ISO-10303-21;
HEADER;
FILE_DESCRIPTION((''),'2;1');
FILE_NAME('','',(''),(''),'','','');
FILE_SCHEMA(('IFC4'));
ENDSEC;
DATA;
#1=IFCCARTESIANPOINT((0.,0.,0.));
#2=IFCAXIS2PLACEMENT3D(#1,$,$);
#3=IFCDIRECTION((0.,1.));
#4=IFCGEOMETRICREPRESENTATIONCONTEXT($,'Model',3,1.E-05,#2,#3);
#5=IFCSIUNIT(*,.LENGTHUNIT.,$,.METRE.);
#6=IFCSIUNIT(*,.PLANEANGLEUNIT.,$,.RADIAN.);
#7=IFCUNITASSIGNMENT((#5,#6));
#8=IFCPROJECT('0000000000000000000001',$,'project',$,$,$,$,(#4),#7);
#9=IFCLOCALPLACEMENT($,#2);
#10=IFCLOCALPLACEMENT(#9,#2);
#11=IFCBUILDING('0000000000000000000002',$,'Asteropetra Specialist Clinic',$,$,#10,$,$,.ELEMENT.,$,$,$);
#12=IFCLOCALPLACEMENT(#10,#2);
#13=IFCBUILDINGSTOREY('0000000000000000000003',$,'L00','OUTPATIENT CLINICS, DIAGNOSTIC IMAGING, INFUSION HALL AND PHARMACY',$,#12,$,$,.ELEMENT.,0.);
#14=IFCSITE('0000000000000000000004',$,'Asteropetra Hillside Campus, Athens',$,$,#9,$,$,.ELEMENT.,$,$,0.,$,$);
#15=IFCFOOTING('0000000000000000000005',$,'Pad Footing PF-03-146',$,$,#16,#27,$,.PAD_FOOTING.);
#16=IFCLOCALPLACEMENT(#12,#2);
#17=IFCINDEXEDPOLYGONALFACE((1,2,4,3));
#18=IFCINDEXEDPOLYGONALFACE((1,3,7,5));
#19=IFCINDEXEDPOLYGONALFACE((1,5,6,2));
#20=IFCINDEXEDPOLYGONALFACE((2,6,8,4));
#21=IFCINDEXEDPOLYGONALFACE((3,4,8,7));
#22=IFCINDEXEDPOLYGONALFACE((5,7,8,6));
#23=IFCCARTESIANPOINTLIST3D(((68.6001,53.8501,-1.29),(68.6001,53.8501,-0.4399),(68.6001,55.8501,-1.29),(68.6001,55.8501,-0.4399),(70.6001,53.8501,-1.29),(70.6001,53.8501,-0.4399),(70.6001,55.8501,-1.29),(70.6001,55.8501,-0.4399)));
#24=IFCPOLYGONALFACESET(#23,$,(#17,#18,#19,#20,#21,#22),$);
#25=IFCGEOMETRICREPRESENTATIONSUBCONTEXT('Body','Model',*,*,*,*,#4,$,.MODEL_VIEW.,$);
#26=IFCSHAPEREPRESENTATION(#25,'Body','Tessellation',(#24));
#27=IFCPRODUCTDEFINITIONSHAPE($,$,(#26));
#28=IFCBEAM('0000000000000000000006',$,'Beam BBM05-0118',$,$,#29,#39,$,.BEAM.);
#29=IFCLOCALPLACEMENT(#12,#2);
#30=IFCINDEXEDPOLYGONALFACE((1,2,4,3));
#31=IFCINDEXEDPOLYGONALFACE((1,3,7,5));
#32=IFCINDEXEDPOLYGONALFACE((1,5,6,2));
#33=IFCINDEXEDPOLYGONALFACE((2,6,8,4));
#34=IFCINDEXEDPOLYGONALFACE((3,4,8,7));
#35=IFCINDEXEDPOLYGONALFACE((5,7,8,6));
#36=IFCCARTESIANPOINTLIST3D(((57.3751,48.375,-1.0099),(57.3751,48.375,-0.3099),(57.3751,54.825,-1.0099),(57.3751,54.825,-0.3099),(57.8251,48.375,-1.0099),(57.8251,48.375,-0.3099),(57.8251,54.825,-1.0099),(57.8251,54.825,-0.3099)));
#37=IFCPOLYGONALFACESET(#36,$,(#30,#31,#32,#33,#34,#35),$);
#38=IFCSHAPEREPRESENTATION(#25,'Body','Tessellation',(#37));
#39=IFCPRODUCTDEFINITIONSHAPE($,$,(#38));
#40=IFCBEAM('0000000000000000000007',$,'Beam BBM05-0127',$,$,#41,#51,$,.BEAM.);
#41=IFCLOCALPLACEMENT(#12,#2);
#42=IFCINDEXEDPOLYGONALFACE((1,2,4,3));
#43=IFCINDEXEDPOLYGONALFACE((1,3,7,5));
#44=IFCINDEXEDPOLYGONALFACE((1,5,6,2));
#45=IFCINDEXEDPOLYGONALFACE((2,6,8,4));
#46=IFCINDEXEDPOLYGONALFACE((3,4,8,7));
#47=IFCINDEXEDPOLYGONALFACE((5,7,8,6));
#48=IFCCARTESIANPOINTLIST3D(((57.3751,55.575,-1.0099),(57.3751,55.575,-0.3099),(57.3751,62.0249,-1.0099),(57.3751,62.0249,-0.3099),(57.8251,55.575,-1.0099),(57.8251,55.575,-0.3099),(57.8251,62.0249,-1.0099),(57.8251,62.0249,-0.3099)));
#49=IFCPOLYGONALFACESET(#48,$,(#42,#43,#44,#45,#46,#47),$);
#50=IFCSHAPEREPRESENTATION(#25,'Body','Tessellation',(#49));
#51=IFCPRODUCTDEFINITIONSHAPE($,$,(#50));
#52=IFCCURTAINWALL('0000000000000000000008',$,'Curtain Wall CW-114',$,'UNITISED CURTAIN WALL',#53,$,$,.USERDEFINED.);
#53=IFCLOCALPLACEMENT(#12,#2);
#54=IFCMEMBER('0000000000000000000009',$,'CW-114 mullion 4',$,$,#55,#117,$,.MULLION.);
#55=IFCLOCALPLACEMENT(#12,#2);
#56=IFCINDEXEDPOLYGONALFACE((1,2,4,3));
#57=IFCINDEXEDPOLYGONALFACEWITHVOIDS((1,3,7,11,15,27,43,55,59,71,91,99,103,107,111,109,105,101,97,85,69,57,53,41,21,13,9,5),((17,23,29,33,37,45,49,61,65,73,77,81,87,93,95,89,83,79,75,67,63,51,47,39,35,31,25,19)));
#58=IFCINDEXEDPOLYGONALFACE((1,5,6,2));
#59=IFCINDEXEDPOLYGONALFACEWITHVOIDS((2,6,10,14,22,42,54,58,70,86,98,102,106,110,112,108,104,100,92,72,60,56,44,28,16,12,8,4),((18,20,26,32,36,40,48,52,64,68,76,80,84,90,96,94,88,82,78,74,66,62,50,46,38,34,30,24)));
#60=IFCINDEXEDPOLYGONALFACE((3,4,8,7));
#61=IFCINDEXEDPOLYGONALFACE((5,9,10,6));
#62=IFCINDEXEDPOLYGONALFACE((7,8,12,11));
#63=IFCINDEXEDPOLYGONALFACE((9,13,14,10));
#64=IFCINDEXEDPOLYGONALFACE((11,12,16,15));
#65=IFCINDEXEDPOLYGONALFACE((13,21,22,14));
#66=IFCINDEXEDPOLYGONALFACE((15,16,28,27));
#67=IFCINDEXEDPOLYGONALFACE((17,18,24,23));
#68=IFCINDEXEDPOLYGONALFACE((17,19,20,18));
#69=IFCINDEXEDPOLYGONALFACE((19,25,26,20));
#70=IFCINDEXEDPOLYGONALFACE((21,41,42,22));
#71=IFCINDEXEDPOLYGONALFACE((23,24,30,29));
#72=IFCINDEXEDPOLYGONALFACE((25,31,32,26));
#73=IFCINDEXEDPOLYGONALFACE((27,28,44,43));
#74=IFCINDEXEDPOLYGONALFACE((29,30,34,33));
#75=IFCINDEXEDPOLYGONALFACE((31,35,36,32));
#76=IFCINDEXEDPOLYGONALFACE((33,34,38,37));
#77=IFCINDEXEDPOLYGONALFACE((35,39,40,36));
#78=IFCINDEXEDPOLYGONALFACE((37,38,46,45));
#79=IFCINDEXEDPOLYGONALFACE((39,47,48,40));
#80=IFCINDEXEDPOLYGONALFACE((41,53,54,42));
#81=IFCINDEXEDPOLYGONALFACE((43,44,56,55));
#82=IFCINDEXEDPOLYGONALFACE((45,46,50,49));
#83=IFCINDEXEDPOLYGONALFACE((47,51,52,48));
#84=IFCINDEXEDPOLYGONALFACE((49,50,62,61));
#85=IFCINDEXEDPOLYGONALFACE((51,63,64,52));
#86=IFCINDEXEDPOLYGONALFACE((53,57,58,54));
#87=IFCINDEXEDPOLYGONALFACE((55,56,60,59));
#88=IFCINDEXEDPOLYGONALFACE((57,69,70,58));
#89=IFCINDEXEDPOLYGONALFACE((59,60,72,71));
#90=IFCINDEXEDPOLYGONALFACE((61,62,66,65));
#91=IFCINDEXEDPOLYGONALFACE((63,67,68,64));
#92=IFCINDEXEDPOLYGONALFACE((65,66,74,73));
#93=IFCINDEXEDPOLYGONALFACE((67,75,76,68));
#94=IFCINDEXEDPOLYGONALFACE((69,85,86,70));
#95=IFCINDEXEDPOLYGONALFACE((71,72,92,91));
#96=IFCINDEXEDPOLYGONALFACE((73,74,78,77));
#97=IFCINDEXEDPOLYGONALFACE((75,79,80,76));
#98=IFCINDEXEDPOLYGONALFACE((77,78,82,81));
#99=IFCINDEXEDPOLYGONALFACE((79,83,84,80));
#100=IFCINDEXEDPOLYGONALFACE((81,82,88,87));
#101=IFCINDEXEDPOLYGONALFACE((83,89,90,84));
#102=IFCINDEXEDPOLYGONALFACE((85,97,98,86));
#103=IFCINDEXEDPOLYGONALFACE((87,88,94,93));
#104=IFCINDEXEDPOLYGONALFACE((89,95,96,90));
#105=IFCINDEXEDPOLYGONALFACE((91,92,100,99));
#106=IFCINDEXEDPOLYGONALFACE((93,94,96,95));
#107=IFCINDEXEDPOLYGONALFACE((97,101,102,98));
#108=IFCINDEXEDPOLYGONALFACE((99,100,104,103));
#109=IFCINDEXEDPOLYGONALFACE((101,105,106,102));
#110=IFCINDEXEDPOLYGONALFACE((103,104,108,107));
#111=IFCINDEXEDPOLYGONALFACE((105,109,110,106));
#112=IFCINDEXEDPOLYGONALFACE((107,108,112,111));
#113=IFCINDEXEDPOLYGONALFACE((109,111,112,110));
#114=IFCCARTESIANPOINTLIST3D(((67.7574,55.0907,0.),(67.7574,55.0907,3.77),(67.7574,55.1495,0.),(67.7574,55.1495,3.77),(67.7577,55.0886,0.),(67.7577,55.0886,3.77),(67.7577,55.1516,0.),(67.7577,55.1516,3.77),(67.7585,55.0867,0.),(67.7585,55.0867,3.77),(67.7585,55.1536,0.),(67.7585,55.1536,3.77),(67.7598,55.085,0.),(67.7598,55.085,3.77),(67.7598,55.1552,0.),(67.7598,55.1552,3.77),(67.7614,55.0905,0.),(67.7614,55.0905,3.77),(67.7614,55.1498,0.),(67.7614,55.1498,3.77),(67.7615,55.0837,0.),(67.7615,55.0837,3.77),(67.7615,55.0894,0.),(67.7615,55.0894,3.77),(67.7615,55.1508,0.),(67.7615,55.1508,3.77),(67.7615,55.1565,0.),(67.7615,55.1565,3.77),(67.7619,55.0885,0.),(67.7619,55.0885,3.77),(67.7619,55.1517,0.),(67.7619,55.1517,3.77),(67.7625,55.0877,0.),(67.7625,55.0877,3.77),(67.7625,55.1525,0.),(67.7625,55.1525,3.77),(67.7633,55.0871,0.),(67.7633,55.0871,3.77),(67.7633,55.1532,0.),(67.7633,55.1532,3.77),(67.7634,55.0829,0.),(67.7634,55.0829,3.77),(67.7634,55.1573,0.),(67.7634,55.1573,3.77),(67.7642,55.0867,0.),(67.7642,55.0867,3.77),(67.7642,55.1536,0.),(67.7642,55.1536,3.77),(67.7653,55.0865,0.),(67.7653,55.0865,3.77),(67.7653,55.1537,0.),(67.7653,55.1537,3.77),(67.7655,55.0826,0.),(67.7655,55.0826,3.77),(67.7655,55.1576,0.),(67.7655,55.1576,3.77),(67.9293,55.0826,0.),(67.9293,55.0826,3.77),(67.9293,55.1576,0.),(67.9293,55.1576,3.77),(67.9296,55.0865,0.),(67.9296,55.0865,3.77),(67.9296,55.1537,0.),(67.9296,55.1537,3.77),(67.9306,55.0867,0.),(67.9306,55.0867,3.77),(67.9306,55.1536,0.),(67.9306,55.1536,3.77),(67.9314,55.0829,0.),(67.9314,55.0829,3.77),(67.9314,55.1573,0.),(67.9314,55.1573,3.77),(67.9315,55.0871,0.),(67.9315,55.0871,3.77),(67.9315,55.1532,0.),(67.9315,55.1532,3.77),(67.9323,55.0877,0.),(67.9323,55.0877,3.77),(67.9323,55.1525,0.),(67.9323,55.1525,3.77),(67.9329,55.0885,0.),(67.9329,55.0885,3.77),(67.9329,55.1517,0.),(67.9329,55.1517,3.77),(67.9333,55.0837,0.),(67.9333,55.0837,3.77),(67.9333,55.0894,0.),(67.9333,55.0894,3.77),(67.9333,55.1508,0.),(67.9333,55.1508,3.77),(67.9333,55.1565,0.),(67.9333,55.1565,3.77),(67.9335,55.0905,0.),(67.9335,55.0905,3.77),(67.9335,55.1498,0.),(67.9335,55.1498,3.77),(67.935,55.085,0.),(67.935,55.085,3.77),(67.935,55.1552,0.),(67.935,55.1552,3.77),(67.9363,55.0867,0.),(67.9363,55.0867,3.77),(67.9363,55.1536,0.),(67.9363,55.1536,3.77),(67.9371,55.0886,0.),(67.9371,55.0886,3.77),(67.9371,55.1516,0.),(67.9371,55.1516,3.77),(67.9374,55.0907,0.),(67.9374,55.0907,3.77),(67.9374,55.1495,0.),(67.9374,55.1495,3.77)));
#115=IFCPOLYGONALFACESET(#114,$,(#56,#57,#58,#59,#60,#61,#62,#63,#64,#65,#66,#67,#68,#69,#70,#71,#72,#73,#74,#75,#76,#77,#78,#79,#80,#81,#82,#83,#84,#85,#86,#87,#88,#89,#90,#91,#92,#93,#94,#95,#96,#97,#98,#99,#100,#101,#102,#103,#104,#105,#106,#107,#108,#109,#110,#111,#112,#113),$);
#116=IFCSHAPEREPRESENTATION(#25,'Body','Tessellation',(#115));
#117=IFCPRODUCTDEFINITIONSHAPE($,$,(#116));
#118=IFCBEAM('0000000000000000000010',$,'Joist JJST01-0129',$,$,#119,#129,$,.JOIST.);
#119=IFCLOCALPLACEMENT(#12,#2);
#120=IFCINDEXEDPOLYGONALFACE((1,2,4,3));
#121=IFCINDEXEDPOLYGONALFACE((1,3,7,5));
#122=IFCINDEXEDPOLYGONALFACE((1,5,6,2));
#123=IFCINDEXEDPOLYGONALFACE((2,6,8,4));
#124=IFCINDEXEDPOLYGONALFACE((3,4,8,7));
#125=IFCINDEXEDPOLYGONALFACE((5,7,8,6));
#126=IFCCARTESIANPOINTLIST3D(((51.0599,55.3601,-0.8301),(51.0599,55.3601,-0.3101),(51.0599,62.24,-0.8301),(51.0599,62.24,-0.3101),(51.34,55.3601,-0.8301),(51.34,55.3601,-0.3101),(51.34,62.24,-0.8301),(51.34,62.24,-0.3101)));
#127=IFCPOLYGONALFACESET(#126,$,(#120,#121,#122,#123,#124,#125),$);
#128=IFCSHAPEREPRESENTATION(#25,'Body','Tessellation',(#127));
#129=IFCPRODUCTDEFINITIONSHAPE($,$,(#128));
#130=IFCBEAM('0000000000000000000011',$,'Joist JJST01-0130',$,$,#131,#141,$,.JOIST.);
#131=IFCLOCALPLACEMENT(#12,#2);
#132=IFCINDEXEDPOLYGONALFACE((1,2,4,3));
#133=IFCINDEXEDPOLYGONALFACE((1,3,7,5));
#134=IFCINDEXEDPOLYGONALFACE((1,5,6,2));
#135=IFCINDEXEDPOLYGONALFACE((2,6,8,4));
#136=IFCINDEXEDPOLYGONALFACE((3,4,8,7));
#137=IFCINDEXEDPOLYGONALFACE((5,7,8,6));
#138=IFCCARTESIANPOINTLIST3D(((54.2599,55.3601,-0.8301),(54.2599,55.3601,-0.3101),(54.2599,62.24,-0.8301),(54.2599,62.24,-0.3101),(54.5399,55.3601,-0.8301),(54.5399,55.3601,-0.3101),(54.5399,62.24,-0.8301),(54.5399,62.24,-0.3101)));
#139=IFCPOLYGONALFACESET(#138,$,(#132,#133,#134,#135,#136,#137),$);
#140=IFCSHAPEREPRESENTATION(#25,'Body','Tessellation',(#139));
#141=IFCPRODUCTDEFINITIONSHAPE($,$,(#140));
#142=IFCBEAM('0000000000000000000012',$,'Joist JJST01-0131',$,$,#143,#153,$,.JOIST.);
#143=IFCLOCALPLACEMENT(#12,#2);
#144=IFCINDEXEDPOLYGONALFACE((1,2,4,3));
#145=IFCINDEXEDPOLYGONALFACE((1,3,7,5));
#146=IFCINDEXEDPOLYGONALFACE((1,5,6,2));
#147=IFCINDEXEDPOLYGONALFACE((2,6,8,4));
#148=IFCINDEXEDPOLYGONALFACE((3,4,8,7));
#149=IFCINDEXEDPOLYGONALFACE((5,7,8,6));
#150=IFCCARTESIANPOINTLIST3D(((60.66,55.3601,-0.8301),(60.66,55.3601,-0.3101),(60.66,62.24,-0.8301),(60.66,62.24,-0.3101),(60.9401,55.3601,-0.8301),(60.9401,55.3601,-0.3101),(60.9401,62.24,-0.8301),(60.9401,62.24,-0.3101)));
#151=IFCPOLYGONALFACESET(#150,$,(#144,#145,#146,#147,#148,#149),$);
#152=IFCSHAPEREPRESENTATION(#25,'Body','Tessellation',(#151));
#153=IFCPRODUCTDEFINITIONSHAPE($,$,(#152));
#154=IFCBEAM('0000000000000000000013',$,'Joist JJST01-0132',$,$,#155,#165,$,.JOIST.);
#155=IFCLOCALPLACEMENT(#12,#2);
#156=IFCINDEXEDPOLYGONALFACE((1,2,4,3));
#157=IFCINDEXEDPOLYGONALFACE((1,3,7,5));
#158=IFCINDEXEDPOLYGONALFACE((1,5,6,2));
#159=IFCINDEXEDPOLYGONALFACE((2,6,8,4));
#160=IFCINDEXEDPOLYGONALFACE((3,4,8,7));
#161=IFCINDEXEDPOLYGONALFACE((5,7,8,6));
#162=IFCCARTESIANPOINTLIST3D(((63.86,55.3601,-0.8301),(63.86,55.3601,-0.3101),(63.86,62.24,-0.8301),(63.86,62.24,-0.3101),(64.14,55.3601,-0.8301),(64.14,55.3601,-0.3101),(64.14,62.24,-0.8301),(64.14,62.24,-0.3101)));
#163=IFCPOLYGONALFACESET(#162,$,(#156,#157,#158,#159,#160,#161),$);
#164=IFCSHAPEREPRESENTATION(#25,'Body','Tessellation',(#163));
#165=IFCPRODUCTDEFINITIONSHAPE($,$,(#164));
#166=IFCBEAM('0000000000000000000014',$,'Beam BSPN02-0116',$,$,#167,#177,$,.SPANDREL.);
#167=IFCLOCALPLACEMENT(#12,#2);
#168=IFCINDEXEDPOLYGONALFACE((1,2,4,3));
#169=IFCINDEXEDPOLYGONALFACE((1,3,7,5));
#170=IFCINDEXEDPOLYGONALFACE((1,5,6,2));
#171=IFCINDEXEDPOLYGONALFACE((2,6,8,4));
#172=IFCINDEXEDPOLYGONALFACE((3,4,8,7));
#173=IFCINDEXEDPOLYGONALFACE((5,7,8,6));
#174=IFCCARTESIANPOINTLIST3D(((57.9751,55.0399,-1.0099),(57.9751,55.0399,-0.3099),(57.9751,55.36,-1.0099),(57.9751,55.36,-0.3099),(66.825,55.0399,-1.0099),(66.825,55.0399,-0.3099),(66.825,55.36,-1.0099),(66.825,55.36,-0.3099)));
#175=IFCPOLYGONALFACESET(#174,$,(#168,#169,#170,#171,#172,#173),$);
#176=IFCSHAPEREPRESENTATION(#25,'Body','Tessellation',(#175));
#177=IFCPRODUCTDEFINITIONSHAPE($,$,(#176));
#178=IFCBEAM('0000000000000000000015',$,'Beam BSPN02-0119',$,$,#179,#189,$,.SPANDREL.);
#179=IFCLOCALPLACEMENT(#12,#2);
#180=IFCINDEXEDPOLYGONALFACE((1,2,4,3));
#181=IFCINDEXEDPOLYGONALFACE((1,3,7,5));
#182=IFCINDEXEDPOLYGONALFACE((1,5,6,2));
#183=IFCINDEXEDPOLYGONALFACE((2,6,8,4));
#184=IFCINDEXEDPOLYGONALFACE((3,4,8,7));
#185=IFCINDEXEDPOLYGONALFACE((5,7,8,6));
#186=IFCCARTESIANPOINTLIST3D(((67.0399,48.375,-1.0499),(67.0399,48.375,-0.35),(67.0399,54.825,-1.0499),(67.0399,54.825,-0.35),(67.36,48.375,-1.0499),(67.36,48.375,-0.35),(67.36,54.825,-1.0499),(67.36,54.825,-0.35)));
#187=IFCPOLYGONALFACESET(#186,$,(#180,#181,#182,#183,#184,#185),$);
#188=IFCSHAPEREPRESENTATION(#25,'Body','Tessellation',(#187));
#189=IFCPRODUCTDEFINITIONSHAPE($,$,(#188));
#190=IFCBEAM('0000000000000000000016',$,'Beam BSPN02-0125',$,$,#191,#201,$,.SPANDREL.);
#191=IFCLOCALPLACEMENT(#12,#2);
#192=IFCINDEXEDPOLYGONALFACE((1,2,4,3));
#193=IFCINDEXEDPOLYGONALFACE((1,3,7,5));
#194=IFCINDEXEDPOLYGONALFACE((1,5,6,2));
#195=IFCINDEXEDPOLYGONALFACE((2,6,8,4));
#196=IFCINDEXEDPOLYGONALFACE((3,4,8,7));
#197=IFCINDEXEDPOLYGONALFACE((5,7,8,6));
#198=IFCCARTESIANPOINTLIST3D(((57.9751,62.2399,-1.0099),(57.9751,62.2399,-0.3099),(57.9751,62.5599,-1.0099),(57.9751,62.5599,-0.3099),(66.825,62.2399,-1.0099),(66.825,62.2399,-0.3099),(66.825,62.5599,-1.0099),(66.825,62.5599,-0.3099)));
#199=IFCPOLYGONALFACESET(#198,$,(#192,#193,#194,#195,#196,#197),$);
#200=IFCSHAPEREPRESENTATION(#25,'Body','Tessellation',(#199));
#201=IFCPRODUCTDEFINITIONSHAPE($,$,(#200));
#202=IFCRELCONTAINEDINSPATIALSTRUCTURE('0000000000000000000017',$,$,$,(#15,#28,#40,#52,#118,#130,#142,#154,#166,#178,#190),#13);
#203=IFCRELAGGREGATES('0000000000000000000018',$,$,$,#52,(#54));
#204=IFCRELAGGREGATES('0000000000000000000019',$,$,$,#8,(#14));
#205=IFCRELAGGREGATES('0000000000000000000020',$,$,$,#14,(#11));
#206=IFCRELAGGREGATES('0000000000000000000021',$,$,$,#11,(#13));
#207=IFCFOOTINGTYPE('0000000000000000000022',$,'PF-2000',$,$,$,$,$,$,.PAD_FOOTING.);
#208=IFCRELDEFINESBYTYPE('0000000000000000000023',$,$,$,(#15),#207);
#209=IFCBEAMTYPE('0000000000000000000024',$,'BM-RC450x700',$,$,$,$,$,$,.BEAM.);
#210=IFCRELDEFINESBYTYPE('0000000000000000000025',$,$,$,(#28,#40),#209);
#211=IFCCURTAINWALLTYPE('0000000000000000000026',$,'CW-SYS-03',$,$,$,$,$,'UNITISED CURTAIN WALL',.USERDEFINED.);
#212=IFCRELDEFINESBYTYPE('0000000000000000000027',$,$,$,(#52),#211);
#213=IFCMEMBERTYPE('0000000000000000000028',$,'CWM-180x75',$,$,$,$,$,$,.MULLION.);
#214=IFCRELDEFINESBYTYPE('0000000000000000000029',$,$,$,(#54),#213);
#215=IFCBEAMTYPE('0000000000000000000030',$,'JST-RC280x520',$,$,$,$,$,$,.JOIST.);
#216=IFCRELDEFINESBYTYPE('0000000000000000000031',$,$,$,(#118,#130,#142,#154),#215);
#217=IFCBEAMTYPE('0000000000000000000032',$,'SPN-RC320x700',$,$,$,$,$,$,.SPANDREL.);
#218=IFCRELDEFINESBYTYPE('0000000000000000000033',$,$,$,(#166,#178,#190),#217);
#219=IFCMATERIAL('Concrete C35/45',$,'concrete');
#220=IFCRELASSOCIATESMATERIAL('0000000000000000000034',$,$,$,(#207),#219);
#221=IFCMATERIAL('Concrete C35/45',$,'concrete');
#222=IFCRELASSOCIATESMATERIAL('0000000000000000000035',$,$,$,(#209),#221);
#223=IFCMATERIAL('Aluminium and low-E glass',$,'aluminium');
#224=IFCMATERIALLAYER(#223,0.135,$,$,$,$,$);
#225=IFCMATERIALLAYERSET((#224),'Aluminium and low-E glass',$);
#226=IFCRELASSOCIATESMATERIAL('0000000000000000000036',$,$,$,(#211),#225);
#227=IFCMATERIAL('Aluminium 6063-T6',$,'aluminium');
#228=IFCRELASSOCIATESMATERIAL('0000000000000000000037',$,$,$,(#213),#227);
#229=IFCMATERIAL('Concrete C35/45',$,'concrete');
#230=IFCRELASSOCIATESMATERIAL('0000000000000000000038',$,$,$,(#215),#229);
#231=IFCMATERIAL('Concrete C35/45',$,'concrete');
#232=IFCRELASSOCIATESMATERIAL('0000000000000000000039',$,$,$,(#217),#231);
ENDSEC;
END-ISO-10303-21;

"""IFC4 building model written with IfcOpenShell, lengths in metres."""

from ifc_helpers import new_model, si_unit, direction, frame, origin, origin_2d, place, context, subcontext, project, spatial, rectangle, hollow_rectangle, extrude, material, layer, layer_set, material_profile, profile_set, type_object, element, aggregate, save


model = new_model("IFC4")

# Units and contexts
model_context = context("Model", 3, precision=1e-05, world=origin(), true_north=direction((0.0, 1.0)))
body_context = subcontext(model_context, "Body", "Model", "MODEL_VIEW")
ifc_project = project(units=[si_unit("LENGTHUNIT", "METRE"), si_unit("PLANEANGLEUNIT", "RADIAN")], contexts=[model_context])

# Site, building, storey
site_placement = place(None, origin())
site = spatial("IfcSite", under=ifc_project, at=site_placement, Name="Asteropetra Hillside Campus, Athens", CompositionType="ELEMENT", RefElevation=0.0)
building_placement = place(site_placement, origin())
building = spatial("IfcBuilding", under=site, at=building_placement, Name="Asteropetra Specialist Clinic", CompositionType="ELEMENT")
storey_placement = place(building_placement, origin())
storey = spatial("IfcBuildingStorey", under=building, at=storey_placement, Name="L00", Description="OUTPATIENT CLINICS, DIAGNOSTIC IMAGING, INFUSION HALL AND PHARMACY", CompositionType="ELEMENT", Elevation=0.0)

# Footing
ifc_material_1 = material(Name="Concrete C35/45", Category="concrete")
footing_type = type_object("IfcFootingType", Name="PF-2000", PredefinedType="PAD_FOOTING", material=ifc_material_1)
footing_placement = place(storey_placement, frame((69.6001, 54.8501, -1.29), z_axis=(0.0, 0.0, 1.0), x_axis=(1.0, 0.0, 0.0)))
element("IfcFooting", 1, at=footing_placement, inside=storey, type_object=footing_type, Name="Pad Footing PF-03-146", PredefinedType="PAD_FOOTING", context=body_context, shape_type="SweptSolid", body=[
    extrude(rectangle(XDim=2.0, YDim=2.0, at=origin_2d()), origin(), (0.0, 0.0, 1.0), 0.8501),
])

# Beams
ifc_material_2 = material(Name="Concrete C35/45", Category="concrete")
ifc_material_profile_1 = material_profile(ifc_material_2, rectangle(XDim=0.45, YDim=0.7, at=origin_2d()), Name="RCB 450x700")
ifc_profile_set_1 = profile_set([ifc_material_profile_1], Name="Concrete C35/45")
beam_type_1 = type_object("IfcBeamType", Name="BM-RC450x700", PredefinedType="BEAM", material=ifc_profile_set_1)
for number, where, z_axis, x_axis, name in (
    (2, (57.6001, 48.375, -0.6599), (0.0, 1.0, 0.0), (-1.0, 0.0, 0.0), "Beam BBM05-0118"),
    (3, (57.6001, 55.575, -0.6599), (0.0, 1.0, 0.0), (-1.0, 0.0, 0.0), "Beam BBM05-0127"),
):
    element("IfcBeam", number, at=place(storey_placement, frame(where, z_axis=z_axis, x_axis=x_axis)), inside=storey, type_object=beam_type_1, Name=name, PredefinedType="BEAM", context=body_context, shape_type="SweptSolid", body=[
        extrude(rectangle(XDim=0.45, YDim=0.7, at=origin_2d()), origin(), (0.0, 0.0, 1.0), 6.45),
    ])

# Curtain wall, member
ifc_material_3 = material(Name="Aluminium and low-E glass", Category="aluminium")
ifc_layer_1 = layer(ifc_material_3, 0.135)
ifc_layer_set_1 = layer_set([ifc_layer_1], Name="Aluminium and low-E glass")
curtain_wall_type = type_object("IfcCurtainWallType", Name="CW-SYS-03", ElementType="UNITISED CURTAIN WALL", PredefinedType="USERDEFINED", material=ifc_layer_set_1)
curtain_wall_placement = place(storey_placement, origin())
curtain_wall = element("IfcCurtainWall", 4, at=curtain_wall_placement, inside=storey, type_object=curtain_wall_type, Name="Curtain Wall CW-114", ObjectType="UNITISED CURTAIN WALL", PredefinedType="USERDEFINED")
ifc_material_4 = material(Name="Aluminium 6063-T6", Category="aluminium")
ifc_material_profile_2 = material_profile(ifc_material_4, hollow_rectangle(XDim=0.075, YDim=0.1799, WallThickness=0.0039, InnerFilletRadius=0.0039, OuterFilletRadius=0.0081, at=origin_2d()), Name="MUL 180x75x4.0")
ifc_profile_set_2 = profile_set([ifc_material_profile_2], Name="Aluminium 6063-T6")
member_type = type_object("IfcMemberType", Name="CWM-180x75", PredefinedType="MULLION", material=ifc_profile_set_2)
member_placement = place(storey_placement, frame((67.8474, 55.1201, 0.0), z_axis=(0.0, 0.0, 1.0), x_axis=(0.0, -1.0, 0.0)))
member = element("IfcMember", 5, at=member_placement, type_object=member_type, Name="CW-114 mullion 4", PredefinedType="MULLION", context=body_context, shape_type="SweptSolid", body=[
    extrude(hollow_rectangle(XDim=0.075, YDim=0.1799, WallThickness=0.0039, InnerFilletRadius=0.0039, OuterFilletRadius=0.0081, at=origin_2d()), origin(), (0.0, 0.0, 1.0), 3.77),
])

# Beams
ifc_material_5 = material(Name="Concrete C35/45", Category="concrete")
ifc_material_profile_3 = material_profile(ifc_material_5, rectangle(XDim=0.28, YDim=0.52, at=origin_2d()), Name="RCJ 280x520")
ifc_profile_set_3 = profile_set([ifc_material_profile_3], Name="Concrete C35/45")
beam_type_2 = type_object("IfcBeamType", Name="JST-RC280x520", PredefinedType="JOIST", material=ifc_profile_set_3)
for number, where, z_axis, x_axis, name in (
    (6, (51.2, 55.3601, -0.5701), (0.0, 1.0, 0.0), (-1.0, 0.0, 0.0), "Joist JJST01-0129"),
    (7, (54.3999, 55.3601, -0.5701), (0.0, 1.0, 0.0), (-1.0, 0.0, 0.0), "Joist JJST01-0130"),
    (8, (60.8, 55.3601, -0.5701), (0.0, 1.0, 0.0), (-1.0, 0.0, 0.0), "Joist JJST01-0131"),
    (9, (64.0, 55.3601, -0.5701), (0.0, 1.0, 0.0), (-1.0, 0.0, 0.0), "Joist JJST01-0132"),
):
    element("IfcBeam", number, at=place(storey_placement, frame(where, z_axis=z_axis, x_axis=x_axis)), inside=storey, type_object=beam_type_2, Name=name, PredefinedType="JOIST", context=body_context, shape_type="SweptSolid", body=[
        extrude(rectangle(XDim=0.28, YDim=0.52, at=origin_2d()), origin(), (0.0, 0.0, 1.0), 6.8799),
    ])
ifc_material_6 = material(Name="Concrete C35/45", Category="concrete")
ifc_material_profile_4 = material_profile(ifc_material_6, rectangle(XDim=0.3201, YDim=0.7, at=origin_2d()), Name="RCS 320x700")
ifc_profile_set_4 = profile_set([ifc_material_profile_4], Name="Concrete C35/45")
beam_type_3 = type_object("IfcBeamType", Name="SPN-RC320x700", PredefinedType="SPANDREL", material=ifc_profile_set_4)
beam_1_placement = place(storey_placement, frame((57.9751, 55.2, -0.6599), z_axis=(1.0, 0.0, 0.0), x_axis=(0.0, 1.0, 0.0)))
element("IfcBeam", 10, at=beam_1_placement, inside=storey, type_object=beam_type_3, Name="Beam BSPN02-0116", PredefinedType="SPANDREL", context=body_context, shape_type="SweptSolid", body=[
    extrude(rectangle(XDim=0.3201, YDim=0.7, at=origin_2d()), origin(), (0.0, 0.0, 1.0), 8.8499),
])
beam_2_placement = place(storey_placement, frame((67.2, 48.375, -0.7), z_axis=(0.0, 1.0, 0.0), x_axis=(-1.0, 0.0, 0.0)))
element("IfcBeam", 11, at=beam_2_placement, inside=storey, type_object=beam_type_3, Name="Beam BSPN02-0119", PredefinedType="SPANDREL", context=body_context, shape_type="SweptSolid", body=[
    extrude(rectangle(XDim=0.3201, YDim=0.7, at=origin_2d()), origin(), (0.0, 0.0, 1.0), 6.45),
])
beam_3_placement = place(storey_placement, frame((57.9751, 62.3999, -0.6599), z_axis=(1.0, 0.0, 0.0), x_axis=(0.0, 1.0, 0.0)))
element("IfcBeam", 12, at=beam_3_placement, inside=storey, type_object=beam_type_3, Name="Beam BSPN02-0125", PredefinedType="SPANDREL", context=body_context, shape_type="SweptSolid", body=[
    extrude(rectangle(XDim=0.3201, YDim=0.7, at=origin_2d()), origin(), (0.0, 0.0, 1.0), 8.8499),
])

aggregate(curtain_wall, [member])

save(model, "model.ifc")
